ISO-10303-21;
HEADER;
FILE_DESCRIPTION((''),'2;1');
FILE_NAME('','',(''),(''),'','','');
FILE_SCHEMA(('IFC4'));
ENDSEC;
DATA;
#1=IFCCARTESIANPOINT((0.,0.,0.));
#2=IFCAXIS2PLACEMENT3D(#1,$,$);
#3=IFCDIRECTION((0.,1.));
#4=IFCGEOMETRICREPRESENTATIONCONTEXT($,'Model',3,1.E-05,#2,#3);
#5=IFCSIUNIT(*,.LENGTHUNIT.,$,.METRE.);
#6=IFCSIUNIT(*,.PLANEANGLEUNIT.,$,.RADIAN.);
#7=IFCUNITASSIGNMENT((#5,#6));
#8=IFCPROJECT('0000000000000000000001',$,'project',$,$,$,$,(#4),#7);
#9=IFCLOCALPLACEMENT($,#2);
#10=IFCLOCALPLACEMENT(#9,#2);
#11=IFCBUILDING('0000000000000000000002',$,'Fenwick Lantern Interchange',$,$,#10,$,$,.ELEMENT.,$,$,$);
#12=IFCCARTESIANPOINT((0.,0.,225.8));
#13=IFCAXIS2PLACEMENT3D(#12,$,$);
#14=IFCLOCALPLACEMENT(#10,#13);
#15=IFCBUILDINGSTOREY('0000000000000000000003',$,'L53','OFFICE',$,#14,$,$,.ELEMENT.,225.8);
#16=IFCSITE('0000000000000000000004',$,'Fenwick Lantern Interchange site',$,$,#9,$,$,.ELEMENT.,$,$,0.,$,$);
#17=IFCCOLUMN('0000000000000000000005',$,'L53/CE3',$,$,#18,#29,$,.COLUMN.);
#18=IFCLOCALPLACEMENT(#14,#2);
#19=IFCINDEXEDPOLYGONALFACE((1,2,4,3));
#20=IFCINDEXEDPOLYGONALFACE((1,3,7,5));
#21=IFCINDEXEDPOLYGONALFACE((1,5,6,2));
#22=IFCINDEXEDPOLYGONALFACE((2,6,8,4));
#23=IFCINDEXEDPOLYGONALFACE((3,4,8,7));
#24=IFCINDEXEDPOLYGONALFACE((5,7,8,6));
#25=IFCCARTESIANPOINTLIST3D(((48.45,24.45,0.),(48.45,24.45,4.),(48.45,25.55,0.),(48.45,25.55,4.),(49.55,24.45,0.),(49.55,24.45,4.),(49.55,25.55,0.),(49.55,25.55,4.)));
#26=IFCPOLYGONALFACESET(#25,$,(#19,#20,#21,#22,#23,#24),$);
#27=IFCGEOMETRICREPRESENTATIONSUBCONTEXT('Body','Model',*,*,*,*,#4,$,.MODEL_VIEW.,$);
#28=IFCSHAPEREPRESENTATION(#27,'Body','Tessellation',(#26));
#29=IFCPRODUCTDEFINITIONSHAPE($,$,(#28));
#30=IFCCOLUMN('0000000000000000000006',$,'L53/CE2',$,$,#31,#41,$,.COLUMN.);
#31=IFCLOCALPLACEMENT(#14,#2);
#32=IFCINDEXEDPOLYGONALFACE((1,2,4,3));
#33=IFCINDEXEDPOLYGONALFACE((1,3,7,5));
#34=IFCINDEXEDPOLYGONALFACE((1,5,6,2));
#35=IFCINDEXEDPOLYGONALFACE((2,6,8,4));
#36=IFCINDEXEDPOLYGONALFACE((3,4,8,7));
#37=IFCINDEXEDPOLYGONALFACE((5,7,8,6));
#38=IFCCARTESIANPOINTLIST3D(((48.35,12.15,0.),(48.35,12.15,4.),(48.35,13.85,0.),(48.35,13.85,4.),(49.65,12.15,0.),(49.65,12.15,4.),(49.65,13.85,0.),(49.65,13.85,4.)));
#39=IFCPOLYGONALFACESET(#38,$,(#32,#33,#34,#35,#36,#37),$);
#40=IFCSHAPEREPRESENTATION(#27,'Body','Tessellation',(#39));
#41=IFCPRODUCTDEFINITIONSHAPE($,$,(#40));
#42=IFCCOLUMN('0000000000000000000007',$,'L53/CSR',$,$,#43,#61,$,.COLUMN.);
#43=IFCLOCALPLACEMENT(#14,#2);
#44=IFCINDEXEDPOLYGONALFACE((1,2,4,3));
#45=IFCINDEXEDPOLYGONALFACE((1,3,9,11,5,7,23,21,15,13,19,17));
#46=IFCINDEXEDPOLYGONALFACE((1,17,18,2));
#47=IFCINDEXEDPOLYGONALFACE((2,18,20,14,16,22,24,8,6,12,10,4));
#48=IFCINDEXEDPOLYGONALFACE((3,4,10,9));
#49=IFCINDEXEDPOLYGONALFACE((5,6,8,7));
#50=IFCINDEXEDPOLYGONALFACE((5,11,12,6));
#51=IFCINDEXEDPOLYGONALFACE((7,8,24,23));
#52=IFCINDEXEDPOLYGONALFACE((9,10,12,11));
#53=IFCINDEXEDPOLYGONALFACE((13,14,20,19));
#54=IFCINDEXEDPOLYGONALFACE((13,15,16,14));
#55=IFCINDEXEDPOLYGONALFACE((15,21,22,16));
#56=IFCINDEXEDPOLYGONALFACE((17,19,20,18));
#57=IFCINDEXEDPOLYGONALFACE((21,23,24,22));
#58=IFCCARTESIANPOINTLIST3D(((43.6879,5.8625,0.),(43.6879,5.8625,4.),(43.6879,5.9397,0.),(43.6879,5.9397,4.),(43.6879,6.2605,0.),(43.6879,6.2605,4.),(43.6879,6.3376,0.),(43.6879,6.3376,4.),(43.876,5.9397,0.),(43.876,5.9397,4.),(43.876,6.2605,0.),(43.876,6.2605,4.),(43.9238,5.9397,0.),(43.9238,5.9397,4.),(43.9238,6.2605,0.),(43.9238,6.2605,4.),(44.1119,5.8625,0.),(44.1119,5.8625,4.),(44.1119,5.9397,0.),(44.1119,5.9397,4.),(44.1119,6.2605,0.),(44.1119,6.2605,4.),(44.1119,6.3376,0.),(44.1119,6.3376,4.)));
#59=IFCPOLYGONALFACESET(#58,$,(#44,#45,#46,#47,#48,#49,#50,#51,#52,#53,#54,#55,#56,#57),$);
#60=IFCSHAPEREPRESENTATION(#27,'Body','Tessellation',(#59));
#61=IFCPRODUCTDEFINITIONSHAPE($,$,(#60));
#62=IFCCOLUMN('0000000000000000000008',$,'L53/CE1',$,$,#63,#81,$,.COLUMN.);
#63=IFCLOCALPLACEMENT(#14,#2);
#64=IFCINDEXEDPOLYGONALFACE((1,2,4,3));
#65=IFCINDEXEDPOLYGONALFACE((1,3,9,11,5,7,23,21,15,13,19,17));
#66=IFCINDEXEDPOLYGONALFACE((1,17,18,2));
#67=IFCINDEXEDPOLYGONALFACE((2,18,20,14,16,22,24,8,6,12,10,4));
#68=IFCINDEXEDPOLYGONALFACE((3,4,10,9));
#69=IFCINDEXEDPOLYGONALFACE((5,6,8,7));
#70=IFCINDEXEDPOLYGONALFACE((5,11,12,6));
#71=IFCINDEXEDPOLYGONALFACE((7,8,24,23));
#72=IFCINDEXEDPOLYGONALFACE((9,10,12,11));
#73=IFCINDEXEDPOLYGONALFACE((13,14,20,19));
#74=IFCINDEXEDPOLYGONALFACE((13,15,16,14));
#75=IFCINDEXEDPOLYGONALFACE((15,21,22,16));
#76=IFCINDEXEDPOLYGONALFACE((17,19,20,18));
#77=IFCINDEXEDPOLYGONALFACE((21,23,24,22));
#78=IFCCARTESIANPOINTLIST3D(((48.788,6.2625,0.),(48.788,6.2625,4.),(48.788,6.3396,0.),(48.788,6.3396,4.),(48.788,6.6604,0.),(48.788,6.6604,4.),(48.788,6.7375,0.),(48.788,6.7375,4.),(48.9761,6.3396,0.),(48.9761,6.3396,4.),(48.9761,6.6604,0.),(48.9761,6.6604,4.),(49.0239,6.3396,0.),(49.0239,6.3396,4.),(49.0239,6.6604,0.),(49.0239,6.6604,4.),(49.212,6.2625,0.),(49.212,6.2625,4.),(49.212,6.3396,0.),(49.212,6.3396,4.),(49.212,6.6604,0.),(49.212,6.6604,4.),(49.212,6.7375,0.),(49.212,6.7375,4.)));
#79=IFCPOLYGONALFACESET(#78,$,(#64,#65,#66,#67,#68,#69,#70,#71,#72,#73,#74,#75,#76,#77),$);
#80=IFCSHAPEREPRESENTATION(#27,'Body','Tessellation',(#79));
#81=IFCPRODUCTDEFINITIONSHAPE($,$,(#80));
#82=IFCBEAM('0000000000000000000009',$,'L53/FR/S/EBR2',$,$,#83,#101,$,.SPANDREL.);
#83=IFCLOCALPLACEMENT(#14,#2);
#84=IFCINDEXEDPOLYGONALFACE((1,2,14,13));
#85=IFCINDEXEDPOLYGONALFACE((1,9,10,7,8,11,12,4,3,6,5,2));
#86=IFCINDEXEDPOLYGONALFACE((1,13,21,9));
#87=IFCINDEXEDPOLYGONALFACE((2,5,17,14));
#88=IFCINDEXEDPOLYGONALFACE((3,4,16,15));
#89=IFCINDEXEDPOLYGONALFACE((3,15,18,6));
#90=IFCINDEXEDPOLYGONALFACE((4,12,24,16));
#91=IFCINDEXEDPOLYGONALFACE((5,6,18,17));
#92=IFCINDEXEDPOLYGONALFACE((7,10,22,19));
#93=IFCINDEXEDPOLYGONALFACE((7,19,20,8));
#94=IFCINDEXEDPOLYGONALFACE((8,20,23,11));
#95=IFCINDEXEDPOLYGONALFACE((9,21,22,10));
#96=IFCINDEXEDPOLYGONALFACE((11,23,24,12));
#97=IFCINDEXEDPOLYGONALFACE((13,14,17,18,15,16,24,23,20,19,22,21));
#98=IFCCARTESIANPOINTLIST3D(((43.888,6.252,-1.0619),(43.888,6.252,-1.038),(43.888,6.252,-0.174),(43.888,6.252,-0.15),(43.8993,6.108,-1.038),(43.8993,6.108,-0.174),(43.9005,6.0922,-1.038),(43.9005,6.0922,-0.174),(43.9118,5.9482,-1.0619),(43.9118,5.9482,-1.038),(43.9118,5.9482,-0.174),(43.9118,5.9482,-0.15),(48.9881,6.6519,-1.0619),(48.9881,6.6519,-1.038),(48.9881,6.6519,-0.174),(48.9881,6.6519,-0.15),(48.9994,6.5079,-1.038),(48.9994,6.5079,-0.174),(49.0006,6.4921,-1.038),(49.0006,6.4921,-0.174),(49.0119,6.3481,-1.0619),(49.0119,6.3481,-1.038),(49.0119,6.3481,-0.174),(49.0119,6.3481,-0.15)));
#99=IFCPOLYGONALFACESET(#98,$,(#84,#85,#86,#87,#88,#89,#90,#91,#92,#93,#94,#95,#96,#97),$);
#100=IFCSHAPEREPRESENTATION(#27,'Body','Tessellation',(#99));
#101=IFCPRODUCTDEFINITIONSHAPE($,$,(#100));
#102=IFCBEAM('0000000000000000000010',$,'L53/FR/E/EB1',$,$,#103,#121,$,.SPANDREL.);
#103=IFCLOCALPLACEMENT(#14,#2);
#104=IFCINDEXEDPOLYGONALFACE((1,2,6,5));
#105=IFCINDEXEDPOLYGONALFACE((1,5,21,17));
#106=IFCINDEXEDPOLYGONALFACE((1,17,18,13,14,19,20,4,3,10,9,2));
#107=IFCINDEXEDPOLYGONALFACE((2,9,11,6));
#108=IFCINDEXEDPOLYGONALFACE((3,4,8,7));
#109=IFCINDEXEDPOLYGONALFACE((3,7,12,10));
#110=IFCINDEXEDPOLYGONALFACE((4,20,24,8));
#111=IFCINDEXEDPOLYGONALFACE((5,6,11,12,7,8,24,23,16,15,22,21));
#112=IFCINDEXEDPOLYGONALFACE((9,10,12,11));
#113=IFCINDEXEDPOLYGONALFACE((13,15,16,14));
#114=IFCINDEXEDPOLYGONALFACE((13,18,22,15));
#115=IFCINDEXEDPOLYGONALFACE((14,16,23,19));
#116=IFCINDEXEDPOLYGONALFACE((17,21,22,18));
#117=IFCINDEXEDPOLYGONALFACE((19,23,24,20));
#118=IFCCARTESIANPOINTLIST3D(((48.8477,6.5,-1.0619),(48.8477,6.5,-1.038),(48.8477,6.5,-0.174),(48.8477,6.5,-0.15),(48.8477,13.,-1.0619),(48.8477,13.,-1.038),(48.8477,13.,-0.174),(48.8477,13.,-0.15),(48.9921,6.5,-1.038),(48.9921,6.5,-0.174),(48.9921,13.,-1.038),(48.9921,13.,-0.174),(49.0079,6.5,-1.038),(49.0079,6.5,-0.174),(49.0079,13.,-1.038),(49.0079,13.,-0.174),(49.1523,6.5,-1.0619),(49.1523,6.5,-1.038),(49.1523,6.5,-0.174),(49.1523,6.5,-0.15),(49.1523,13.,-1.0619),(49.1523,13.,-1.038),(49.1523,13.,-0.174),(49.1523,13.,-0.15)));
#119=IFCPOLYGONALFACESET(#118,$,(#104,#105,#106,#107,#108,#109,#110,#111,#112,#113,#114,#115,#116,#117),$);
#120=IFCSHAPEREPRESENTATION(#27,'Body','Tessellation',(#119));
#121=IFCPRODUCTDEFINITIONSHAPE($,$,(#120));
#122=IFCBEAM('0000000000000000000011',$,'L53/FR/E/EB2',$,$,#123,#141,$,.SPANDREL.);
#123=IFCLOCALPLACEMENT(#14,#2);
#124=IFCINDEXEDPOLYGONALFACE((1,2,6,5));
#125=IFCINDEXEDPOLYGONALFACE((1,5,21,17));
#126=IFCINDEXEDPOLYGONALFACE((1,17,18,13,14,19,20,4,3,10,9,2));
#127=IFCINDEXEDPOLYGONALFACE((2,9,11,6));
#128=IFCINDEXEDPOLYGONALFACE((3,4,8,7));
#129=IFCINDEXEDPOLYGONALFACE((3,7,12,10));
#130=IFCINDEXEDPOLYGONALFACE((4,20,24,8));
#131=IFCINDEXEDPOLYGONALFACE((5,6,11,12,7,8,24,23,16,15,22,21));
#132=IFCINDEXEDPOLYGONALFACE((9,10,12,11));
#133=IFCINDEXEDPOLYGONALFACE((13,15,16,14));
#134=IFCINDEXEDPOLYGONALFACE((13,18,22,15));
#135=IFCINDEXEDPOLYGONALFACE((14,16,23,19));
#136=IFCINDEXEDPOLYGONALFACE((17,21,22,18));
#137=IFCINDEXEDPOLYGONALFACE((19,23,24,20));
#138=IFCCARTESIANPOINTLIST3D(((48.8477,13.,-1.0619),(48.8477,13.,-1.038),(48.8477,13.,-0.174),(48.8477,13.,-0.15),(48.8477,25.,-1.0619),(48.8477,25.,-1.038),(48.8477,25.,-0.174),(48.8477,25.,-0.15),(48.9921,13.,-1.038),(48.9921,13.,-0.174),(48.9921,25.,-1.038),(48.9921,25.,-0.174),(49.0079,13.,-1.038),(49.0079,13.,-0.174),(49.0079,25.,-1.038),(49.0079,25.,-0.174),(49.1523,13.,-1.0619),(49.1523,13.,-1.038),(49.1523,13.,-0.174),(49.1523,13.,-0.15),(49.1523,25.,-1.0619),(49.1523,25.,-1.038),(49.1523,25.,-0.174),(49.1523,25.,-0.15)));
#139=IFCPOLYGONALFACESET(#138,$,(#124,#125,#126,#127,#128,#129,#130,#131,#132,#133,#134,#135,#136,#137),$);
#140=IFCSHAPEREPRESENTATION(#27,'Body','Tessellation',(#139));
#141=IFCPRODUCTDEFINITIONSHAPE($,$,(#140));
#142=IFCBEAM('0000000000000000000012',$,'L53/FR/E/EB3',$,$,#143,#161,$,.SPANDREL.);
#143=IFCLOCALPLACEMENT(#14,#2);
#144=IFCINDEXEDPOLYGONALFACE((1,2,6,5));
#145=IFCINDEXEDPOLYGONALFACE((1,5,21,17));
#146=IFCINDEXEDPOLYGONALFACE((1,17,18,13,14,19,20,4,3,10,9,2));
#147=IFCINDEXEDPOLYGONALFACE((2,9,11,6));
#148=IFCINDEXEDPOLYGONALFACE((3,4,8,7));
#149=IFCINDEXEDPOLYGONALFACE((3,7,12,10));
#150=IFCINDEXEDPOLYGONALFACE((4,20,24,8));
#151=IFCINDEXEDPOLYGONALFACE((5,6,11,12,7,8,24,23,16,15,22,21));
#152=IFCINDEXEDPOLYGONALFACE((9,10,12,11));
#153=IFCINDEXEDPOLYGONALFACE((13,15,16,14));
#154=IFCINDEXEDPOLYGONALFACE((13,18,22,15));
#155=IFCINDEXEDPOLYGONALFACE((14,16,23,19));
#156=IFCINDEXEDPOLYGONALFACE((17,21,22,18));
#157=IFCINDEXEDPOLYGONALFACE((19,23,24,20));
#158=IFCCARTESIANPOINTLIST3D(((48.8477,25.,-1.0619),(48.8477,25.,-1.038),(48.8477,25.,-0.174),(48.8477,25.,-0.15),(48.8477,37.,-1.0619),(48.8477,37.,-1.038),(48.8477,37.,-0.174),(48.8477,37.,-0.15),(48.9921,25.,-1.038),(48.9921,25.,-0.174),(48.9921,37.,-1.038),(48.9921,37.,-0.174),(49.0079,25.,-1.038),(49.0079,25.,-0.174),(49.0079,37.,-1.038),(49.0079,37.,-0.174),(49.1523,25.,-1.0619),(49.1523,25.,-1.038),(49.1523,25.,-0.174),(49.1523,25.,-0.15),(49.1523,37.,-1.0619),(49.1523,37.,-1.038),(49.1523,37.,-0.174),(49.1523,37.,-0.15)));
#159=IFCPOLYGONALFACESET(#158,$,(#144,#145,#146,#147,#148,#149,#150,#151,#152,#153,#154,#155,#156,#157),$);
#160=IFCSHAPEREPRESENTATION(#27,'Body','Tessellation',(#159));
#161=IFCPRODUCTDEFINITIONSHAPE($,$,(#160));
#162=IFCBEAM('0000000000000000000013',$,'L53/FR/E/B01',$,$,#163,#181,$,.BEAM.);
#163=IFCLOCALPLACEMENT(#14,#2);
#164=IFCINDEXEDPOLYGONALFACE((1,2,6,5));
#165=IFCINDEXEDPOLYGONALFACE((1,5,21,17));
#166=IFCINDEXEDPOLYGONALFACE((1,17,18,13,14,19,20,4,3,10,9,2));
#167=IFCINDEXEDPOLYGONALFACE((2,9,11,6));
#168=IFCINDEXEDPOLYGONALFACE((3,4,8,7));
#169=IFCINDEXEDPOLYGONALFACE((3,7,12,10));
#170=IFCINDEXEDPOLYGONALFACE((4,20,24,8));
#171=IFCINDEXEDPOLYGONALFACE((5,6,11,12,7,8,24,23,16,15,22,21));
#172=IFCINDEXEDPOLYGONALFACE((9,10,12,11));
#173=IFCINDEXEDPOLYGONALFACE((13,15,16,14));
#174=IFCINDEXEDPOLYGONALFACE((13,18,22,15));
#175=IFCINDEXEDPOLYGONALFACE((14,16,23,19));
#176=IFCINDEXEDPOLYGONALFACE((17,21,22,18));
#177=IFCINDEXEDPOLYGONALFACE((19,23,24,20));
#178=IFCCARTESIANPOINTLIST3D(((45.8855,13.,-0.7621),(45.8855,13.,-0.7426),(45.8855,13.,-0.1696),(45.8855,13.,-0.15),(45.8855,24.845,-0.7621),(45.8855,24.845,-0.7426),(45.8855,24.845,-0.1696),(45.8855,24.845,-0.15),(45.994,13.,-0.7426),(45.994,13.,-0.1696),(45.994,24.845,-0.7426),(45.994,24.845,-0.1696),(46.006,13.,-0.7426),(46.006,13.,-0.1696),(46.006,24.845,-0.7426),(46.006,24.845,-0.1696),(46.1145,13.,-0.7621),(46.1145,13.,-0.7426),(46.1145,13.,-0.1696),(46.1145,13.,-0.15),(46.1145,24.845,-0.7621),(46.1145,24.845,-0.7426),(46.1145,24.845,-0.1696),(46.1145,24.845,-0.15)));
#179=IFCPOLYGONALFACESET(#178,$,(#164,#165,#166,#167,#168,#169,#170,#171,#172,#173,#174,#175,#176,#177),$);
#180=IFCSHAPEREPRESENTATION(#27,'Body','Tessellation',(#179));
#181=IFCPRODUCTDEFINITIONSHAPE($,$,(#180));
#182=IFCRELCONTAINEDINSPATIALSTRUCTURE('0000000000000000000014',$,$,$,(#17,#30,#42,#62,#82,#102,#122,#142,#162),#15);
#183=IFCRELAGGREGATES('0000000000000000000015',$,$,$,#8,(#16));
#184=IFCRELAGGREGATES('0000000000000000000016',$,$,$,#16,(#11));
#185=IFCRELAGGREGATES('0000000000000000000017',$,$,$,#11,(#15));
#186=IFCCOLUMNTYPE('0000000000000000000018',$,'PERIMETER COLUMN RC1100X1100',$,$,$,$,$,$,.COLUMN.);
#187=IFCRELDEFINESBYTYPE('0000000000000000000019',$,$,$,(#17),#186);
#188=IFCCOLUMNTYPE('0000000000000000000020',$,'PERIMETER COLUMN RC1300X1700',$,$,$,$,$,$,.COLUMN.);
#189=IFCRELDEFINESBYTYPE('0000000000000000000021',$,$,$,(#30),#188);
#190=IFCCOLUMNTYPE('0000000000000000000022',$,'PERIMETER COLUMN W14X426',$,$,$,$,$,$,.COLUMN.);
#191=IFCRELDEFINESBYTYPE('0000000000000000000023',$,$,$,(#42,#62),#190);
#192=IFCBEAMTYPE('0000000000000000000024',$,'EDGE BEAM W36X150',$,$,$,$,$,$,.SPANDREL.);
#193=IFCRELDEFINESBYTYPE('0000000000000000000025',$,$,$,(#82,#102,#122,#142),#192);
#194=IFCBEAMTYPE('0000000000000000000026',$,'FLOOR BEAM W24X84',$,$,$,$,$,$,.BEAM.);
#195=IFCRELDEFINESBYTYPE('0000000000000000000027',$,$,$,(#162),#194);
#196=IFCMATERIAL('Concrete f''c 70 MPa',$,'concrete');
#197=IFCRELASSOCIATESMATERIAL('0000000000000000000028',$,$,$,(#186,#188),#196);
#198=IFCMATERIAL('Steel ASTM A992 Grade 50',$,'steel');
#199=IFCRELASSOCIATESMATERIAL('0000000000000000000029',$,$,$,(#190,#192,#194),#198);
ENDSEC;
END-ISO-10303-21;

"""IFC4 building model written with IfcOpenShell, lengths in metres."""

from ifc_helpers import new_model, si_unit, direction, frame, origin, origin_2d, place, context, subcontext, project, spatial, rectangle, i_section, extrude, material, material_profile, profile_set, type_object, element, save


model = new_model("IFC4")

# Units and contexts
model_context = context("Model", 3, precision=1e-05, world=origin(), true_north=direction((0.0, 1.0)))
body_context = subcontext(model_context, "Body", "Model", "MODEL_VIEW")
ifc_project = project(units=[si_unit("LENGTHUNIT", "METRE"), si_unit("PLANEANGLEUNIT", "RADIAN")], contexts=[model_context])

# Site, building, storey
site_placement = place(None, origin())
site = spatial("IfcSite", under=ifc_project, at=site_placement, Name="Fenwick Lantern Interchange site", CompositionType="ELEMENT", RefElevation=0.0)
building_placement = place(site_placement, origin())
building = spatial("IfcBuilding", under=site, at=building_placement, Name="Fenwick Lantern Interchange", CompositionType="ELEMENT")
storey_placement = place(building_placement, frame((0.0, 0.0, 225.8)))
storey = spatial("IfcBuildingStorey", under=building, at=storey_placement, Name="L53", Description="OFFICE", CompositionType="ELEMENT", Elevation=225.8)

# Columns
ifc_material_1 = material(Name="Concrete f'c 70 MPa", Category="concrete")
ifc_material_profile_1 = material_profile(ifc_material_1, rectangle(XDim=1.1001, YDim=1.1001, at=origin_2d()), Name="RC1100X1100")
ifc_profile_set_1 = profile_set([ifc_material_profile_1], Name="Concrete f'c 70 MPa")
column_type_1 = type_object("IfcColumnType", Name="PERIMETER COLUMN RC1100X1100", PredefinedType="COLUMN", material=ifc_profile_set_1)
column_1_placement = place(storey_placement, frame((49.0, 25.0, 0.0), z_axis=(0.0, 0.0, 1.0), x_axis=(1.0, 0.0, 0.0)))
element("IfcColumn", 1, at=column_1_placement, inside=storey, type_object=column_type_1, Name="L53/CE3", PredefinedType="COLUMN", context=body_context, shape_type="SweptSolid", body=[
    extrude(rectangle(XDim=1.1001, YDim=1.1001, at=origin_2d()), origin(), (0.0, 0.0, 1.0), 4.0),
])
ifc_material_profile_2 = material_profile(ifc_material_1, rectangle(XDim=1.3, YDim=1.7, at=origin_2d()), Name="RC1300X1700")
ifc_profile_set_2 = profile_set([ifc_material_profile_2], Name="Concrete f'c 70 MPa")
column_type_2 = type_object("IfcColumnType", Name="PERIMETER COLUMN RC1300X1700", PredefinedType="COLUMN", material=ifc_profile_set_2)
column_2_placement = place(storey_placement, frame((49.0, 13.0, 0.0), z_axis=(0.0, 0.0, 1.0), x_axis=(1.0, 0.0, 0.0)))
element("IfcColumn", 2, at=column_2_placement, inside=storey, type_object=column_type_2, Name="L53/CE2", PredefinedType="COLUMN", context=body_context, shape_type="SweptSolid", body=[
    extrude(rectangle(XDim=1.3, YDim=1.7, at=origin_2d()), origin(), (0.0, 0.0, 1.0), 4.0),
])
ifc_material_2 = material(Name="Steel ASTM A992 Grade 50", Category="steel")
ifc_material_profile_3 = material_profile(ifc_material_2, i_section(OverallWidth=0.4241, OverallDepth=0.4751, WebThickness=0.0479, FlangeThickness=0.0771, at=origin_2d()), Name="W14X426")
ifc_profile_set_3 = profile_set([ifc_material_profile_3], Name="Steel ASTM A992 Grade 50")
column_type_3 = type_object("IfcColumnType", Name="PERIMETER COLUMN W14X426", PredefinedType="COLUMN", material=ifc_profile_set_3)
for number, where, z_axis, x_axis, name in (
    (3, (43.8999, 6.1001, 0.0), (0.0, 0.0, 1.0), (1.0, 0.0, 0.0), "L53/CSR"),
    (4, (49.0, 6.5, 0.0), (0.0, 0.0, 1.0), (1.0, 0.0, 0.0), "L53/CE1"),
):
    element("IfcColumn", number, at=place(storey_placement, frame(where, z_axis=z_axis, x_axis=x_axis)), inside=storey, type_object=column_type_3, Name=name, PredefinedType="COLUMN", context=body_context, shape_type="SweptSolid", body=[
        extrude(i_section(OverallWidth=0.4241, OverallDepth=0.4751, WebThickness=0.0479, FlangeThickness=0.0771, at=origin_2d()), origin(), (0.0, 0.0, 1.0), 4.0),
    ])

# Beams
ifc_material_profile_4 = material_profile(ifc_material_2, i_section(OverallWidth=0.3047, OverallDepth=0.9119, WebThickness=0.0159, FlangeThickness=0.0239, at=origin_2d()), Name="W36X150")
ifc_profile_set_4 = profile_set([ifc_material_profile_4], Name="Steel ASTM A992 Grade 50")
beam_type_1 = type_object("IfcBeamType", Name="EDGE BEAM W36X150", PredefinedType="SPANDREL", material=ifc_profile_set_4)
beam_1_placement = place(storey_placement, frame((43.8999, 6.1001, -0.606), z_axis=(0.99694, 0.078171, 0.0), x_axis=(-0.078171, 0.99694, 0.0)))
element("IfcBeam", 5, at=beam_1_placement, inside=storey, type_object=beam_type_1, Name="L53/FR/S/EBR2", PredefinedType="SPANDREL", context=body_context, shape_type="SweptSolid", body=[
    extrude(i_section(OverallWidth=0.3047, OverallDepth=0.9119, WebThickness=0.0159, FlangeThickness=0.0239, at=origin_2d()), origin(), (0.0, 0.0, 1.0), 5.1157),
])
beam_2_placement = place(storey_placement, frame((49.0, 6.5, -0.606), z_axis=(0.0, 1.0, 0.0), x_axis=(-1.0, 0.0, 0.0)))
element("IfcBeam", 6, at=beam_2_placement, inside=storey, type_object=beam_type_1, Name="L53/FR/E/EB1", PredefinedType="SPANDREL", context=body_context, shape_type="SweptSolid", body=[
    extrude(i_section(OverallWidth=0.3047, OverallDepth=0.9119, WebThickness=0.0159, FlangeThickness=0.0239, at=origin_2d()), origin(), (0.0, 0.0, 1.0), 6.5),
])
for number, where, z_axis, x_axis, name in (
    (7, (49.0, 13.0, -0.606), (0.0, 1.0, 0.0), (-1.0, 0.0, 0.0), "L53/FR/E/EB2"),
    (8, (49.0, 25.0, -0.606), (0.0, 1.0, 0.0), (-1.0, 0.0, 0.0), "L53/FR/E/EB3"),
):
    element("IfcBeam", number, at=place(storey_placement, frame(where, z_axis=z_axis, x_axis=x_axis)), inside=storey, type_object=beam_type_1, Name=name, PredefinedType="SPANDREL", context=body_context, shape_type="SweptSolid", body=[
        extrude(i_section(OverallWidth=0.3047, OverallDepth=0.9119, WebThickness=0.0159, FlangeThickness=0.0239, at=origin_2d()), origin(), (0.0, 0.0, 1.0), 12.0),
    ])
ifc_material_profile_5 = material_profile(ifc_material_2, i_section(OverallWidth=0.229, OverallDepth=0.6121, WebThickness=0.012, FlangeThickness=0.0195, at=origin_2d()), Name="W24X84")
ifc_profile_set_5 = profile_set([ifc_material_profile_5], Name="Steel ASTM A992 Grade 50")
beam_type_2 = type_object("IfcBeamType", Name="FLOOR BEAM W24X84", PredefinedType="BEAM", material=ifc_profile_set_5)
for number, where, z_axis, x_axis, name in (
    (9, (46.0, 13.0, -0.4561), (0.0, 1.0, 0.0), (-1.0, 0.0, 0.0), "L53/FR/E/B01"),
):
    element("IfcBeam", number, at=place(storey_placement, frame(where, z_axis=z_axis, x_axis=x_axis)), inside=storey, type_object=beam_type_2, Name=name, PredefinedType="BEAM", context=body_context, shape_type="SweptSolid", body=[
        extrude(i_section(OverallWidth=0.229, OverallDepth=0.6121, WebThickness=0.012, FlangeThickness=0.0195, at=origin_2d()), origin(), (0.0, 0.0, 1.0), 11.845),
    ])

save(model, "model.ifc")
